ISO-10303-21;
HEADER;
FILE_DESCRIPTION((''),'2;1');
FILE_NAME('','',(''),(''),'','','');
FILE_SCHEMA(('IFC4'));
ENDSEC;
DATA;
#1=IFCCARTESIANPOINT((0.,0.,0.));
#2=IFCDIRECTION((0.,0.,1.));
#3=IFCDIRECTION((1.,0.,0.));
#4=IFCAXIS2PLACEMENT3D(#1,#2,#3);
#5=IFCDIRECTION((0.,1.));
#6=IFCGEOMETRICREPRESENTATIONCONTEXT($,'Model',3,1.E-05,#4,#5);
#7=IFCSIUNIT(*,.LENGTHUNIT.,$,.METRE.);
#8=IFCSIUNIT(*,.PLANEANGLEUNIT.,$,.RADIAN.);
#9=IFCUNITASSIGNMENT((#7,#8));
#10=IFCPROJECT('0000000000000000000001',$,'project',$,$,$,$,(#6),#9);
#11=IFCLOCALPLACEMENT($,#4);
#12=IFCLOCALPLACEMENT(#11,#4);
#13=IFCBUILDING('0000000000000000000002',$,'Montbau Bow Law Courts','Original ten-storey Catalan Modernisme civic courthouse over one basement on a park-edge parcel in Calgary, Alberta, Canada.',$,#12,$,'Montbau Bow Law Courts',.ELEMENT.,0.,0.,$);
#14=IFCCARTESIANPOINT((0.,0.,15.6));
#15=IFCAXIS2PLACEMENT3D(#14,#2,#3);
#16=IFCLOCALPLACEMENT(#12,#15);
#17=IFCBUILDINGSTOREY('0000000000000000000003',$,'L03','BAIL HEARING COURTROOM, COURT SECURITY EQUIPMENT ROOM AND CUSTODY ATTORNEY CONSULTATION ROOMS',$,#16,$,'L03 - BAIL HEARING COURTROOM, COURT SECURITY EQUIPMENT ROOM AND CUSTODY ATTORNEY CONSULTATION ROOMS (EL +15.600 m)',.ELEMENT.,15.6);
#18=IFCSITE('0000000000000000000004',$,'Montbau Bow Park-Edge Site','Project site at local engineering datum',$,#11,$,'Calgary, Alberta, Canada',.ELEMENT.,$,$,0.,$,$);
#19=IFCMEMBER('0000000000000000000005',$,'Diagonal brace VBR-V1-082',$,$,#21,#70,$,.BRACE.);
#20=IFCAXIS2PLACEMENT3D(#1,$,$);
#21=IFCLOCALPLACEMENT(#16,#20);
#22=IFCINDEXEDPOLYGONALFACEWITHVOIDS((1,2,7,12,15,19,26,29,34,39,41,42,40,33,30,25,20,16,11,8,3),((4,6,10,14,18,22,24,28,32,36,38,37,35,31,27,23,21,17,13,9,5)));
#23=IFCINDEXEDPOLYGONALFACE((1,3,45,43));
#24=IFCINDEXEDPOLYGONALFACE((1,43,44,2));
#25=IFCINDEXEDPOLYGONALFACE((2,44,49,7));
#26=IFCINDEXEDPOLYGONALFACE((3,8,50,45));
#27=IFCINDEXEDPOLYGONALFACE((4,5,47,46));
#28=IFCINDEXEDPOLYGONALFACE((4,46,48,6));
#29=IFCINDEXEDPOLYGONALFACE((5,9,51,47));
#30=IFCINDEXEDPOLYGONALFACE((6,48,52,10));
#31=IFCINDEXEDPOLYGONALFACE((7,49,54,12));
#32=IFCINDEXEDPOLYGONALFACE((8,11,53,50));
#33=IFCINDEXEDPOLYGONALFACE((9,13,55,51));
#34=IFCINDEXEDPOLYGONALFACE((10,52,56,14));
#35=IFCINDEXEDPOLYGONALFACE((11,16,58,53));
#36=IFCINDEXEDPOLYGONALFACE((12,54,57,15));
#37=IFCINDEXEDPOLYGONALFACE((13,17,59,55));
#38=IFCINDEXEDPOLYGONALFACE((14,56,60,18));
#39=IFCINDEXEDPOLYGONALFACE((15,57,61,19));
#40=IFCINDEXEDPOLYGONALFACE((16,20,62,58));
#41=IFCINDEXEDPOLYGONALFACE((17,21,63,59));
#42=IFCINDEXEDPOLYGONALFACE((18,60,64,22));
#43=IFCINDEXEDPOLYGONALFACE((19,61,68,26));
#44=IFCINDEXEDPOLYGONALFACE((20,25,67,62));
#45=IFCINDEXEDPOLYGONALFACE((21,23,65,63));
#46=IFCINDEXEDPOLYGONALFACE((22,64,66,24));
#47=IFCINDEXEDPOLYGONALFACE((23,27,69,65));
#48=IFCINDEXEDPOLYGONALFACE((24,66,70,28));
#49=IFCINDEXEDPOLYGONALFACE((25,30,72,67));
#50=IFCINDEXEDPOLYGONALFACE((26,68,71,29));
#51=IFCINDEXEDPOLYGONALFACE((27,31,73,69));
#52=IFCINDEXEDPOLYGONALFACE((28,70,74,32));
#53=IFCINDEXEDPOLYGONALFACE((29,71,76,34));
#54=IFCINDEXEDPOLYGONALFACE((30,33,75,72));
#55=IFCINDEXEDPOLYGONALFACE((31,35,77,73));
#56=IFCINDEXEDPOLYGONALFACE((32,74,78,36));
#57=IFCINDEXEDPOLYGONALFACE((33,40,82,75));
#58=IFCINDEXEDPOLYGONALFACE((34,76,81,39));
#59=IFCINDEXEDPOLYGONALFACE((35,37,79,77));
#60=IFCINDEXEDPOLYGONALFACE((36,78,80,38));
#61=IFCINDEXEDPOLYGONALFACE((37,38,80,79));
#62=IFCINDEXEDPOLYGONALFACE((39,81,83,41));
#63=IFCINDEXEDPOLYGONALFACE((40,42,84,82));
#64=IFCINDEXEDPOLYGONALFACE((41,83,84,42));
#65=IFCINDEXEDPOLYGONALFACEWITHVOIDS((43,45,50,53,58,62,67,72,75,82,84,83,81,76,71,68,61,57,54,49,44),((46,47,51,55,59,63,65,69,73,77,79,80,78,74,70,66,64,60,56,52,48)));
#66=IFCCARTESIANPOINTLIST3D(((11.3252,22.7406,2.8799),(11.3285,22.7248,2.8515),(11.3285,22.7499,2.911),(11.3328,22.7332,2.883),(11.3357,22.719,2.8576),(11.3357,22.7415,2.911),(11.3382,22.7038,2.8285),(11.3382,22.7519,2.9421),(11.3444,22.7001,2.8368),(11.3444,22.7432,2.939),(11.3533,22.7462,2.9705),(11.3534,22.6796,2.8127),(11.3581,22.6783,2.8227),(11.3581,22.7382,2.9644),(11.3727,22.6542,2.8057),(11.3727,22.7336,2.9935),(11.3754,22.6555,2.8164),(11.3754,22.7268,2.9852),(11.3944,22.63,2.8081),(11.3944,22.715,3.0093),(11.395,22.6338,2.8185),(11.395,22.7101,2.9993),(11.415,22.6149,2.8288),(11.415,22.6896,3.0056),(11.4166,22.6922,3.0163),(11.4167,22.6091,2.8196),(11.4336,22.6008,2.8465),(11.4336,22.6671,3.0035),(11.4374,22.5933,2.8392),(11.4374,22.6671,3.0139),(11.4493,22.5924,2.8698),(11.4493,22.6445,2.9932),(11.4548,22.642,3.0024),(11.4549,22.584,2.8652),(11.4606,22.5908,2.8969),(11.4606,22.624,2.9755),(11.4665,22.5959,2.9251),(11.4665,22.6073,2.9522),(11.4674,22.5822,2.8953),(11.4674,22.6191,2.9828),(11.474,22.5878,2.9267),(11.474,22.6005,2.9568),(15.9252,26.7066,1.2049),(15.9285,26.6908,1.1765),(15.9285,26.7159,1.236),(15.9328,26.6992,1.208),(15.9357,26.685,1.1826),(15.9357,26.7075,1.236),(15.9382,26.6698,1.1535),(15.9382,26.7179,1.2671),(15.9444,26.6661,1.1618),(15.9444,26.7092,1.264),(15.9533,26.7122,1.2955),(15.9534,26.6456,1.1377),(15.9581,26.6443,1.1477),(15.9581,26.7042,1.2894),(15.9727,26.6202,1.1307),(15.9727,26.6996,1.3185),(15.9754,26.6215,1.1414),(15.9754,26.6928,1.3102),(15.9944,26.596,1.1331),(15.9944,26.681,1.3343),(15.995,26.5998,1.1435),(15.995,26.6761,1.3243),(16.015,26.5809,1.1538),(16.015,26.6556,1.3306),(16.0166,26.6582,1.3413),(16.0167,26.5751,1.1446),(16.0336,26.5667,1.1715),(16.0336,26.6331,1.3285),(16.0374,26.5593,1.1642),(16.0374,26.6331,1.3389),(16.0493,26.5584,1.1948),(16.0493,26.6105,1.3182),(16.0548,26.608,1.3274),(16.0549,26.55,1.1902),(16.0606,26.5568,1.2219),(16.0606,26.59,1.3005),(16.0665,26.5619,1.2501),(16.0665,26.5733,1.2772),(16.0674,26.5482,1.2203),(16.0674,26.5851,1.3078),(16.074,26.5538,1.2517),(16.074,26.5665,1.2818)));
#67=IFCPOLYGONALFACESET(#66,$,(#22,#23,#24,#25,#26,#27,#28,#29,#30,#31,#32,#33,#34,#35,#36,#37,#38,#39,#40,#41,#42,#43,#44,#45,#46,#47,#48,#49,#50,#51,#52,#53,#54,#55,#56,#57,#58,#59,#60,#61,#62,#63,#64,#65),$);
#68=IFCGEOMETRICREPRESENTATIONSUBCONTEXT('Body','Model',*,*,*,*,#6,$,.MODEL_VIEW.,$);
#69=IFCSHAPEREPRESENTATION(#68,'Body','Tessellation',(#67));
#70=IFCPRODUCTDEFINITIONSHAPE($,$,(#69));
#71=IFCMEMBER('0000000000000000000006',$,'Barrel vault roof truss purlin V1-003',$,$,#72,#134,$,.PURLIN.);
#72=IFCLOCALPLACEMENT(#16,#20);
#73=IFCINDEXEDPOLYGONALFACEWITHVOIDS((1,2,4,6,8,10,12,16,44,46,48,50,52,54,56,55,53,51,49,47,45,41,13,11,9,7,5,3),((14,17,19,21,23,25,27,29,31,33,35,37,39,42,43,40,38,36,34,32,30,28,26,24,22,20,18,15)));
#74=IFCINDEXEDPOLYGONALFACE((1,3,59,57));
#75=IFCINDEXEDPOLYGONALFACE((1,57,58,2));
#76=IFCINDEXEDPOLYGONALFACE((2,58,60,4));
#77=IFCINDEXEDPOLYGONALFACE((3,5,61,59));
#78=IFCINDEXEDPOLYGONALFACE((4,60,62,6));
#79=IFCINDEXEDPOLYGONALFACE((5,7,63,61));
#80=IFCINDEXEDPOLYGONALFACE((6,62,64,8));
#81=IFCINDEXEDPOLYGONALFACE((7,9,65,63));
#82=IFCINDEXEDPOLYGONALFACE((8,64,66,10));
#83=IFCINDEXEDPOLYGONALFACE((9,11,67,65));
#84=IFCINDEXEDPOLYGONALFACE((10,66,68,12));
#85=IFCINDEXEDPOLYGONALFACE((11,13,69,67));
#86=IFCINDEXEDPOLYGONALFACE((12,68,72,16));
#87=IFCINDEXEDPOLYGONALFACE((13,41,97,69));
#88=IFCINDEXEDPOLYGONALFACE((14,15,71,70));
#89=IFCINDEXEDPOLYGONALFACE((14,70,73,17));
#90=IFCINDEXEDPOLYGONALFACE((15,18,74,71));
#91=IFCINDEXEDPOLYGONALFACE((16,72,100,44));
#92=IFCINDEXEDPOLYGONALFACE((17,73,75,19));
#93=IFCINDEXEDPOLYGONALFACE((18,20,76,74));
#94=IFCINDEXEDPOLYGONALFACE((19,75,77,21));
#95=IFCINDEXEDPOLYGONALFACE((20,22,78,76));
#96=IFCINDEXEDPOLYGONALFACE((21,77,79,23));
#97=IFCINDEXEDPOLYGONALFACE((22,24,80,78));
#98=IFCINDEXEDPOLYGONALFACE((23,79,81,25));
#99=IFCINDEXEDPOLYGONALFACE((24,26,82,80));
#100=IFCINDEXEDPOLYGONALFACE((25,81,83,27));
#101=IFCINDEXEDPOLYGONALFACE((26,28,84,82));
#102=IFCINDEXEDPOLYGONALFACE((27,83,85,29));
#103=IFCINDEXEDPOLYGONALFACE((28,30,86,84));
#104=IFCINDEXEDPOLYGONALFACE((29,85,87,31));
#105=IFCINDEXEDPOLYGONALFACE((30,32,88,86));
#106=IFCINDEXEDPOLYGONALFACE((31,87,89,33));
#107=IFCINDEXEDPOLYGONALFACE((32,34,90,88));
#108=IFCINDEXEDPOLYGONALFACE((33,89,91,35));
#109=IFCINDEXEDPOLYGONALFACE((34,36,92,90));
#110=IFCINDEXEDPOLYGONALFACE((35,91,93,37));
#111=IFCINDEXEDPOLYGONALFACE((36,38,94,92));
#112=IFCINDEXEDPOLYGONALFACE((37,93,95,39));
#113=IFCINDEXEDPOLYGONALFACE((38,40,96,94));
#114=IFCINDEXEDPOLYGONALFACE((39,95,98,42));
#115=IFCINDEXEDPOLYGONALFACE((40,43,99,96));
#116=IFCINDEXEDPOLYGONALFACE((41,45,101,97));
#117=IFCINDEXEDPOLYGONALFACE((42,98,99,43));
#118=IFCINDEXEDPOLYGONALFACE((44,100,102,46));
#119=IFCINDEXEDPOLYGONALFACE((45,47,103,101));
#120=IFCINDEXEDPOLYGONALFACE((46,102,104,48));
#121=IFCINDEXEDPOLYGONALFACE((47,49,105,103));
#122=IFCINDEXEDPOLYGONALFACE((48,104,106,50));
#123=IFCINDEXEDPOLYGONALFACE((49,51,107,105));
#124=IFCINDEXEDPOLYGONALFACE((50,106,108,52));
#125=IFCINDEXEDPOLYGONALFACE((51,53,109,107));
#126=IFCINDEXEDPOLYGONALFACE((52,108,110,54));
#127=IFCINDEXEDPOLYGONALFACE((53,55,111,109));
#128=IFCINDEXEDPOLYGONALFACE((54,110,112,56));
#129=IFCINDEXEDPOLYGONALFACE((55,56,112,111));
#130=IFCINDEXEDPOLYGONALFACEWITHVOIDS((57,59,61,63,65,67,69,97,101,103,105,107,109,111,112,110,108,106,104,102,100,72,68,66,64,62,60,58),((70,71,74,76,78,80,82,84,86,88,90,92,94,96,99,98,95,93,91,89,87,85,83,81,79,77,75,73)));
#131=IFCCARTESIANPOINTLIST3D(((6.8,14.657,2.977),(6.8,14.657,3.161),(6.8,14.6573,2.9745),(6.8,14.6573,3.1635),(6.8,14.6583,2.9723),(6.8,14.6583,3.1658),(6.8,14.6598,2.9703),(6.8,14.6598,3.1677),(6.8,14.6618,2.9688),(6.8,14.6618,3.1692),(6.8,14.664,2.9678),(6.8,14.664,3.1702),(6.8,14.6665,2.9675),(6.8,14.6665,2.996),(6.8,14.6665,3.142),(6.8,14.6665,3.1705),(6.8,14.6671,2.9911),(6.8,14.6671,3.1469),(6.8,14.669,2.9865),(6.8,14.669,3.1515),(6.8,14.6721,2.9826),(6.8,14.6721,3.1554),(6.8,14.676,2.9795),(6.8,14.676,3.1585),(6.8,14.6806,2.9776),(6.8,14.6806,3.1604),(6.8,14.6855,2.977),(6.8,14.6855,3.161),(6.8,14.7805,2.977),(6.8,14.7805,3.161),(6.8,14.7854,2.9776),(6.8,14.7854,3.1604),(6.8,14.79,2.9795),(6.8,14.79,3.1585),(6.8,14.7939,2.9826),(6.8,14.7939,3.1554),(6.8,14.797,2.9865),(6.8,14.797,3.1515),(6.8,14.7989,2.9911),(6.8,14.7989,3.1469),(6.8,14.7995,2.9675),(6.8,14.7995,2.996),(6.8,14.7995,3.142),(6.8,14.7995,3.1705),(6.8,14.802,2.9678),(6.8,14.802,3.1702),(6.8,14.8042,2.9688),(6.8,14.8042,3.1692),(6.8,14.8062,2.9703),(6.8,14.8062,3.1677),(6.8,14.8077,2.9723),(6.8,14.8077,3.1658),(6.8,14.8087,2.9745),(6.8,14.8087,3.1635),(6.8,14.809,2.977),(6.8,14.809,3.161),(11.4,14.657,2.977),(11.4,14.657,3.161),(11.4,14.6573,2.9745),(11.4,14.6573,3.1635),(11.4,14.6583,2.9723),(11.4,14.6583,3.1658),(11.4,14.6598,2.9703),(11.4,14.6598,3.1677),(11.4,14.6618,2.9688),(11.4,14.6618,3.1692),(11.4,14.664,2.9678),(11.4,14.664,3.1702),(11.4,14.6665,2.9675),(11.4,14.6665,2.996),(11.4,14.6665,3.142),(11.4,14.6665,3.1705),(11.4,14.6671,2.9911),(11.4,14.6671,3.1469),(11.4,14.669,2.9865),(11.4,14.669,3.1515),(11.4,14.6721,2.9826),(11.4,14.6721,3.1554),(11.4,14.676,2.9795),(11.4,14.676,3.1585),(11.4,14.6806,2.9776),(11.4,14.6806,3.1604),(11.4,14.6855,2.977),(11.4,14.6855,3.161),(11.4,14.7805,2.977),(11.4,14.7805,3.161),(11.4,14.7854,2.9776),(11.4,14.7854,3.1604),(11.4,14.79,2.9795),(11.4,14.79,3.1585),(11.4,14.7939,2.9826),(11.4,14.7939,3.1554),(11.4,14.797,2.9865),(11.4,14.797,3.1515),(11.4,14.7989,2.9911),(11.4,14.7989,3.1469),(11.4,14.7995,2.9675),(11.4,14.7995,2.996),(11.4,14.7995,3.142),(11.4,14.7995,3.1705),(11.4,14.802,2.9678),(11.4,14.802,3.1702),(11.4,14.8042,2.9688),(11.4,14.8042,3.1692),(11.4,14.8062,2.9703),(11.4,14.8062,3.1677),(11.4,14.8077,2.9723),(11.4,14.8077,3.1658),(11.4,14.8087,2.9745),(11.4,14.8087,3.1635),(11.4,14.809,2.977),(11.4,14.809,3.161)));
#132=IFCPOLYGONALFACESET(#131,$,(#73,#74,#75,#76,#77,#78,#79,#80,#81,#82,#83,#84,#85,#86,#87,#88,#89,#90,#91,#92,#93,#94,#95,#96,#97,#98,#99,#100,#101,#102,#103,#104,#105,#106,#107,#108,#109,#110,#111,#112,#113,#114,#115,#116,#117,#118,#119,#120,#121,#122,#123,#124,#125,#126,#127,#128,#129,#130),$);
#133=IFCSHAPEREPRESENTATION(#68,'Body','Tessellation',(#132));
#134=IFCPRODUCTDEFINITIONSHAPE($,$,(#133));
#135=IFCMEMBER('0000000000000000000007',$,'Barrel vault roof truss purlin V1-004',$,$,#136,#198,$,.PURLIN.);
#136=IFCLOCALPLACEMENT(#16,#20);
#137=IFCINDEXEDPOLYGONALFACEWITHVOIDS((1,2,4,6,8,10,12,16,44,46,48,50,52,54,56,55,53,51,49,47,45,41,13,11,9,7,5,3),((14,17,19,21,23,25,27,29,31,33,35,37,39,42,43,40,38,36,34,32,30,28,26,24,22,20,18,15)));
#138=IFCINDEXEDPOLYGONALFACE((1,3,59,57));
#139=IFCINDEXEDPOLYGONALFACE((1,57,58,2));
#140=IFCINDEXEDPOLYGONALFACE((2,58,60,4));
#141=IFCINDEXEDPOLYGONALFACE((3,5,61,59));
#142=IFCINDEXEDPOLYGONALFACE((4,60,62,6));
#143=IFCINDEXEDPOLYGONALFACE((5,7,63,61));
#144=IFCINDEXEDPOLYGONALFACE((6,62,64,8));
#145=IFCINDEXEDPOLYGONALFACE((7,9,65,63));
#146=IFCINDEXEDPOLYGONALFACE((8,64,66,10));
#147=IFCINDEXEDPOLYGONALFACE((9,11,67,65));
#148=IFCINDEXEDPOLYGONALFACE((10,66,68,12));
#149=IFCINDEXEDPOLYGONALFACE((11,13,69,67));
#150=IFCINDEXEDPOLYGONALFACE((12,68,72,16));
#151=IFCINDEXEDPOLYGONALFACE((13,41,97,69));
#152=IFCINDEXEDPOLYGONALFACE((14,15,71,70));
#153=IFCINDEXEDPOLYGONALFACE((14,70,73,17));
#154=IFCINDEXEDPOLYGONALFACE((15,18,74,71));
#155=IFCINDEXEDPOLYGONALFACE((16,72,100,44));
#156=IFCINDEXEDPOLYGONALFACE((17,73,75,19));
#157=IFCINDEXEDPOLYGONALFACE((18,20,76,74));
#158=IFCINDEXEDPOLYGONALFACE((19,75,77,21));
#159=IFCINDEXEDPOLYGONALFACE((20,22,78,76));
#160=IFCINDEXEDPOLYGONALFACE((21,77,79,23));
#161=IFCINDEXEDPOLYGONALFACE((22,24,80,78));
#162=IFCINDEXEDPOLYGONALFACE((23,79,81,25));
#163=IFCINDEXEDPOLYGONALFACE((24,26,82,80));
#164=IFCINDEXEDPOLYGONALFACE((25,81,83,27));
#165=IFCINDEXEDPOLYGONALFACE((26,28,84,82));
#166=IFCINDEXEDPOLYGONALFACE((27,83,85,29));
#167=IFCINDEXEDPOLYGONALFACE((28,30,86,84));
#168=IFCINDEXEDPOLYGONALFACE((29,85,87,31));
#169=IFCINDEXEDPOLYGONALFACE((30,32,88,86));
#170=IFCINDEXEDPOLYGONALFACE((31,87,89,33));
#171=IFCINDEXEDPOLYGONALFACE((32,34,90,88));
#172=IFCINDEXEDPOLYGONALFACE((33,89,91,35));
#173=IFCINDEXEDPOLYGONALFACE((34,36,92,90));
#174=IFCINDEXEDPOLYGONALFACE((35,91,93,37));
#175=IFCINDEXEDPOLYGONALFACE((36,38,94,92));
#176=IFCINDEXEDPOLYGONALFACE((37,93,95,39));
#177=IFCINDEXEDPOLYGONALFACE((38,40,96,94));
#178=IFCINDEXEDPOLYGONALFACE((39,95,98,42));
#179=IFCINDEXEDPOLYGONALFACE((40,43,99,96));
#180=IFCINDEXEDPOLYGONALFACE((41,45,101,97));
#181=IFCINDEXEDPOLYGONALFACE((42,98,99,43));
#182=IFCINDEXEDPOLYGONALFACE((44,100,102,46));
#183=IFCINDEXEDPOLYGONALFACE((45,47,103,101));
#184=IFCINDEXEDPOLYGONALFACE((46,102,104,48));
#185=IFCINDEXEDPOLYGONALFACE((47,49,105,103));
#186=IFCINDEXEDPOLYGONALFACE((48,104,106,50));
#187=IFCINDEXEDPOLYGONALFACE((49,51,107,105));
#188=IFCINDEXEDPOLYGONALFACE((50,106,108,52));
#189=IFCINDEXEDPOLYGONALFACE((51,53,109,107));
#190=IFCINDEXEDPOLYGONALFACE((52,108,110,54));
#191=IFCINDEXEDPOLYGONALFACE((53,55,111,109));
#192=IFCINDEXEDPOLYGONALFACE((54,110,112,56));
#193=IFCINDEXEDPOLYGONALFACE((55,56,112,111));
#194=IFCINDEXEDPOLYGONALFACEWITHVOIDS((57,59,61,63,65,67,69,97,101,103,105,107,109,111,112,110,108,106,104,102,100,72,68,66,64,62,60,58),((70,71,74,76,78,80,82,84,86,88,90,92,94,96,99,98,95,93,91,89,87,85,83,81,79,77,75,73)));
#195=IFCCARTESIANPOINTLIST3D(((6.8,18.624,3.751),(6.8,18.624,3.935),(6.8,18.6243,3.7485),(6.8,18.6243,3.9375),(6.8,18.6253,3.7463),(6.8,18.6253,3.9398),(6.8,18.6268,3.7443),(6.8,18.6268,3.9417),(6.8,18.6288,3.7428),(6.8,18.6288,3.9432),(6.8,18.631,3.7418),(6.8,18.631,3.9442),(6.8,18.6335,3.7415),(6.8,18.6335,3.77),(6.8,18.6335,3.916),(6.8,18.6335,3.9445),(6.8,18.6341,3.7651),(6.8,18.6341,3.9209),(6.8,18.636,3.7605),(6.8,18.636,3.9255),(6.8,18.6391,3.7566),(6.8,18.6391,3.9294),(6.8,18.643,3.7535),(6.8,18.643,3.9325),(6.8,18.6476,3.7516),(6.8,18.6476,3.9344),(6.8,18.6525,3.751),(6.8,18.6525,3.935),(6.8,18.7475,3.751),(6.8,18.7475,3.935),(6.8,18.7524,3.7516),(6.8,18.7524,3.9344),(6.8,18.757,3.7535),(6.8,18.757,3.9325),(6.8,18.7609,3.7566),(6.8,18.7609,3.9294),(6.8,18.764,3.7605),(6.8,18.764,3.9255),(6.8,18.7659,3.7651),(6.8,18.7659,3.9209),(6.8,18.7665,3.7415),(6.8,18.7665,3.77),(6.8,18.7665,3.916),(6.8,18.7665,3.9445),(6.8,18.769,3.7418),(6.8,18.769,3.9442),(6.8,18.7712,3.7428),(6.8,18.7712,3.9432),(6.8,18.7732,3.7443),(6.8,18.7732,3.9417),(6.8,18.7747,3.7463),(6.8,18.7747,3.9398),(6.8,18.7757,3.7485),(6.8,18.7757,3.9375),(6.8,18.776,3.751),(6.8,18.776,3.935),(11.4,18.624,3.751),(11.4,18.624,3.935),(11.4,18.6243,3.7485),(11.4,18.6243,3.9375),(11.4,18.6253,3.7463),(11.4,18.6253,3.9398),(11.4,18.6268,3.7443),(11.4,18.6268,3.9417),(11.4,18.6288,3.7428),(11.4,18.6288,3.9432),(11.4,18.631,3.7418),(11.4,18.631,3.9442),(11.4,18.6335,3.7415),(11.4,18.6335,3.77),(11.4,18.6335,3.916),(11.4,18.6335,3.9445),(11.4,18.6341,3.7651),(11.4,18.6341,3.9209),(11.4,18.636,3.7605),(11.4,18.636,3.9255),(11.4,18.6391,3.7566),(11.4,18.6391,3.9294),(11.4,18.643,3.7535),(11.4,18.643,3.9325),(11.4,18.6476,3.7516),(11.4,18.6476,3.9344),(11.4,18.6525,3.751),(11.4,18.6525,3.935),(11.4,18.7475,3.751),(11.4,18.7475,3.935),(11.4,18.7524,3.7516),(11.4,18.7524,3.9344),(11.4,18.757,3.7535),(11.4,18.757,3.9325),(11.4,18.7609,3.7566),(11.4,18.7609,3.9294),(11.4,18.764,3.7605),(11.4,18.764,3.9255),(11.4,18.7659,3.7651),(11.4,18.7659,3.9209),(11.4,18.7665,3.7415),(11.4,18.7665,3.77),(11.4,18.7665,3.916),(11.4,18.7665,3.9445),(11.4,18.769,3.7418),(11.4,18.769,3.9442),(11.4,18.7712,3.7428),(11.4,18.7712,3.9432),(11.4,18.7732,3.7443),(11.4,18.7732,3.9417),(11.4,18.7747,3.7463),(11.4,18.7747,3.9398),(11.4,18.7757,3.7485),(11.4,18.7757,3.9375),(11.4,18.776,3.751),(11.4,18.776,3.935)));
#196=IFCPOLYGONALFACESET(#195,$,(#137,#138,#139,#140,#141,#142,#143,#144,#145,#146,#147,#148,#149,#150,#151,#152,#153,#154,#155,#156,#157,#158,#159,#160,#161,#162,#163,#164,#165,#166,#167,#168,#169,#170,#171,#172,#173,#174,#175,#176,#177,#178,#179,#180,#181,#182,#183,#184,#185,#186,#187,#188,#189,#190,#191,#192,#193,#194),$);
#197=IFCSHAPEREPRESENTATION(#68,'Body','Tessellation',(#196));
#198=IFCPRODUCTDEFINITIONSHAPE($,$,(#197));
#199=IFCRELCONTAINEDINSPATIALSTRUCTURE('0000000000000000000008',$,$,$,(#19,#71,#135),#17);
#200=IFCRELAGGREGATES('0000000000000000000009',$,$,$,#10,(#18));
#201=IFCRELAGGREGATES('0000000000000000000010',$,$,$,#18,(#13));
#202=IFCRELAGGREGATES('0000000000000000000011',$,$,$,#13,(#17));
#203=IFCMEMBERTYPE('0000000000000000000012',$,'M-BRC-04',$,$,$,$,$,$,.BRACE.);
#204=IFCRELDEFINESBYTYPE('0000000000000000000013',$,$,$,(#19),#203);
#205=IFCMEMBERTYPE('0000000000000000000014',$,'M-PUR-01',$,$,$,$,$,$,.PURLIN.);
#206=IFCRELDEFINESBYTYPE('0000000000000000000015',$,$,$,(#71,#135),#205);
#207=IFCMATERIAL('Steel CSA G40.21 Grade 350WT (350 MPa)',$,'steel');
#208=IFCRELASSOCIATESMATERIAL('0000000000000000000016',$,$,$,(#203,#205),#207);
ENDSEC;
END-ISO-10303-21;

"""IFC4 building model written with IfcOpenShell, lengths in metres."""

from ifc_helpers import new_model, si_unit, direction, frame, origin_with_axes, origin_2d_with_axis, place, context, subcontext, project, spatial, hollow_rectangle, hollow_circle, extrude, material, material_profile, profile_set, type_object, element, save


model = new_model("IFC4")

# Units and contexts
model_context = context("Model", 3, precision=1e-05, world=origin_with_axes(), true_north=direction((0.0, 1.0)))
body_context = subcontext(model_context, "Body", "Model", "MODEL_VIEW")
ifc_project = project(units=[si_unit("LENGTHUNIT", "METRE"), si_unit("PLANEANGLEUNIT", "RADIAN")], contexts=[model_context])

# Site, building, storey
site_placement = place(None, origin_with_axes())
site = spatial("IfcSite", under=ifc_project, at=site_placement, Name="Montbau Bow Park-Edge Site", Description="Project site at local engineering datum", LongName="Calgary, Alberta, Canada", CompositionType="ELEMENT", RefElevation=0.0)
building_placement = place(site_placement, origin_with_axes())
building = spatial("IfcBuilding", under=site, at=building_placement, Name="Montbau Bow Law Courts", Description="Original ten-storey Catalan Modernisme civic courthouse over one basement on a park-edge parcel in Calgary, Alberta, Canada.", LongName="Montbau Bow Law Courts", CompositionType="ELEMENT", ElevationOfRefHeight=0.0, ElevationOfTerrain=0.0)
storey_placement = place(building_placement, frame((0.0, 0.0, 15.6), z_axis=(0.0, 0.0, 1.0), x_axis=(1.0, 0.0, 0.0)))
storey = spatial("IfcBuildingStorey", under=building, at=storey_placement, Name="L03", Description="BAIL HEARING COURTROOM, COURT SECURITY EQUIPMENT ROOM AND CUSTODY ATTORNEY CONSULTATION ROOMS", LongName="L03 - BAIL HEARING COURTROOM, COURT SECURITY EQUIPMENT ROOM AND CUSTODY ATTORNEY CONSULTATION ROOMS (EL +15.600 m)", CompositionType="ELEMENT", Elevation=15.6)

# Shared definitions
ifc_material_1 = material(Name="Steel CSA G40.21 Grade 350WT (350 MPa)", Category="steel")

# Members
ifc_material_profile_1 = material_profile(ifc_material_1, hollow_circle(Radius=0.1095, WallThickness=0.0111, at=origin_2d_with_axis()), Name="HSS219X11", Category="Main", Priority=0)
ifc_profile_set_1 = profile_set([ifc_material_profile_1], Name="Steel CSA G40.21 Grade 350WT (350 MPa)")
member_type_1 = type_object("IfcMemberType", Name="M-BRC-04", PredefinedType="BRACE", material=ifc_profile_set_1)
for number, where, z_axis, x_axis, name in (
    (1, (11.4, 22.667, 18.511), (0.730115, 0.629486, -0.265857), (-0.652985, 0.757371, 0.0), "Diagonal brace VBR-V1-082"),
):
    element("IfcMember", number, at=place(None, frame(where, z_axis=z_axis, x_axis=x_axis)), inside=storey, type_object=member_type_1, Name=name, PredefinedType="BRACE", context=body_context, shape_type="SweptSolid", body=[
        extrude(hollow_circle(Radius=0.1095, WallThickness=0.0111, at=origin_2d_with_axis()), origin_with_axes(), (0.0, 0.0, 1.0), 6.3004),
    ])
ifc_material_profile_2 = material_profile(ifc_material_1, hollow_rectangle(XDim=0.152, YDim=0.203, WallThickness=0.0095, InnerFilletRadius=0.019, OuterFilletRadius=0.0095, at=origin_2d_with_axis()), Name="HSS203X152X9.5", Category="Main", Priority=0)
ifc_profile_set_2 = profile_set([ifc_material_profile_2], Name="Steel CSA G40.21 Grade 350WT (350 MPa)")
member_type_2 = type_object("IfcMemberType", Name="M-PUR-01", PredefinedType="PURLIN", material=ifc_profile_set_2)
for number, where, z_axis, x_axis, name in (
    (2, (6.8, 14.733, 18.669), (1.0, 0.0, 0.0), (0.0, 1.0, 0.0), "Barrel vault roof truss purlin V1-003"),
    (3, (6.8, 18.7, 19.443), (1.0, 0.0, 0.0), (0.0, 1.0, 0.0), "Barrel vault roof truss purlin V1-004"),
):
    element("IfcMember", number, at=place(None, frame(where, z_axis=z_axis, x_axis=x_axis)), inside=storey, type_object=member_type_2, Name=name, PredefinedType="PURLIN", context=body_context, shape_type="SweptSolid", body=[
        extrude(hollow_rectangle(XDim=0.152, YDim=0.203, WallThickness=0.0095, InnerFilletRadius=0.019, OuterFilletRadius=0.0095, at=origin_2d_with_axis()), origin_with_axes(), (0.0, 0.0, 1.0), 4.6),
    ])

save(model, "model.ifc")
